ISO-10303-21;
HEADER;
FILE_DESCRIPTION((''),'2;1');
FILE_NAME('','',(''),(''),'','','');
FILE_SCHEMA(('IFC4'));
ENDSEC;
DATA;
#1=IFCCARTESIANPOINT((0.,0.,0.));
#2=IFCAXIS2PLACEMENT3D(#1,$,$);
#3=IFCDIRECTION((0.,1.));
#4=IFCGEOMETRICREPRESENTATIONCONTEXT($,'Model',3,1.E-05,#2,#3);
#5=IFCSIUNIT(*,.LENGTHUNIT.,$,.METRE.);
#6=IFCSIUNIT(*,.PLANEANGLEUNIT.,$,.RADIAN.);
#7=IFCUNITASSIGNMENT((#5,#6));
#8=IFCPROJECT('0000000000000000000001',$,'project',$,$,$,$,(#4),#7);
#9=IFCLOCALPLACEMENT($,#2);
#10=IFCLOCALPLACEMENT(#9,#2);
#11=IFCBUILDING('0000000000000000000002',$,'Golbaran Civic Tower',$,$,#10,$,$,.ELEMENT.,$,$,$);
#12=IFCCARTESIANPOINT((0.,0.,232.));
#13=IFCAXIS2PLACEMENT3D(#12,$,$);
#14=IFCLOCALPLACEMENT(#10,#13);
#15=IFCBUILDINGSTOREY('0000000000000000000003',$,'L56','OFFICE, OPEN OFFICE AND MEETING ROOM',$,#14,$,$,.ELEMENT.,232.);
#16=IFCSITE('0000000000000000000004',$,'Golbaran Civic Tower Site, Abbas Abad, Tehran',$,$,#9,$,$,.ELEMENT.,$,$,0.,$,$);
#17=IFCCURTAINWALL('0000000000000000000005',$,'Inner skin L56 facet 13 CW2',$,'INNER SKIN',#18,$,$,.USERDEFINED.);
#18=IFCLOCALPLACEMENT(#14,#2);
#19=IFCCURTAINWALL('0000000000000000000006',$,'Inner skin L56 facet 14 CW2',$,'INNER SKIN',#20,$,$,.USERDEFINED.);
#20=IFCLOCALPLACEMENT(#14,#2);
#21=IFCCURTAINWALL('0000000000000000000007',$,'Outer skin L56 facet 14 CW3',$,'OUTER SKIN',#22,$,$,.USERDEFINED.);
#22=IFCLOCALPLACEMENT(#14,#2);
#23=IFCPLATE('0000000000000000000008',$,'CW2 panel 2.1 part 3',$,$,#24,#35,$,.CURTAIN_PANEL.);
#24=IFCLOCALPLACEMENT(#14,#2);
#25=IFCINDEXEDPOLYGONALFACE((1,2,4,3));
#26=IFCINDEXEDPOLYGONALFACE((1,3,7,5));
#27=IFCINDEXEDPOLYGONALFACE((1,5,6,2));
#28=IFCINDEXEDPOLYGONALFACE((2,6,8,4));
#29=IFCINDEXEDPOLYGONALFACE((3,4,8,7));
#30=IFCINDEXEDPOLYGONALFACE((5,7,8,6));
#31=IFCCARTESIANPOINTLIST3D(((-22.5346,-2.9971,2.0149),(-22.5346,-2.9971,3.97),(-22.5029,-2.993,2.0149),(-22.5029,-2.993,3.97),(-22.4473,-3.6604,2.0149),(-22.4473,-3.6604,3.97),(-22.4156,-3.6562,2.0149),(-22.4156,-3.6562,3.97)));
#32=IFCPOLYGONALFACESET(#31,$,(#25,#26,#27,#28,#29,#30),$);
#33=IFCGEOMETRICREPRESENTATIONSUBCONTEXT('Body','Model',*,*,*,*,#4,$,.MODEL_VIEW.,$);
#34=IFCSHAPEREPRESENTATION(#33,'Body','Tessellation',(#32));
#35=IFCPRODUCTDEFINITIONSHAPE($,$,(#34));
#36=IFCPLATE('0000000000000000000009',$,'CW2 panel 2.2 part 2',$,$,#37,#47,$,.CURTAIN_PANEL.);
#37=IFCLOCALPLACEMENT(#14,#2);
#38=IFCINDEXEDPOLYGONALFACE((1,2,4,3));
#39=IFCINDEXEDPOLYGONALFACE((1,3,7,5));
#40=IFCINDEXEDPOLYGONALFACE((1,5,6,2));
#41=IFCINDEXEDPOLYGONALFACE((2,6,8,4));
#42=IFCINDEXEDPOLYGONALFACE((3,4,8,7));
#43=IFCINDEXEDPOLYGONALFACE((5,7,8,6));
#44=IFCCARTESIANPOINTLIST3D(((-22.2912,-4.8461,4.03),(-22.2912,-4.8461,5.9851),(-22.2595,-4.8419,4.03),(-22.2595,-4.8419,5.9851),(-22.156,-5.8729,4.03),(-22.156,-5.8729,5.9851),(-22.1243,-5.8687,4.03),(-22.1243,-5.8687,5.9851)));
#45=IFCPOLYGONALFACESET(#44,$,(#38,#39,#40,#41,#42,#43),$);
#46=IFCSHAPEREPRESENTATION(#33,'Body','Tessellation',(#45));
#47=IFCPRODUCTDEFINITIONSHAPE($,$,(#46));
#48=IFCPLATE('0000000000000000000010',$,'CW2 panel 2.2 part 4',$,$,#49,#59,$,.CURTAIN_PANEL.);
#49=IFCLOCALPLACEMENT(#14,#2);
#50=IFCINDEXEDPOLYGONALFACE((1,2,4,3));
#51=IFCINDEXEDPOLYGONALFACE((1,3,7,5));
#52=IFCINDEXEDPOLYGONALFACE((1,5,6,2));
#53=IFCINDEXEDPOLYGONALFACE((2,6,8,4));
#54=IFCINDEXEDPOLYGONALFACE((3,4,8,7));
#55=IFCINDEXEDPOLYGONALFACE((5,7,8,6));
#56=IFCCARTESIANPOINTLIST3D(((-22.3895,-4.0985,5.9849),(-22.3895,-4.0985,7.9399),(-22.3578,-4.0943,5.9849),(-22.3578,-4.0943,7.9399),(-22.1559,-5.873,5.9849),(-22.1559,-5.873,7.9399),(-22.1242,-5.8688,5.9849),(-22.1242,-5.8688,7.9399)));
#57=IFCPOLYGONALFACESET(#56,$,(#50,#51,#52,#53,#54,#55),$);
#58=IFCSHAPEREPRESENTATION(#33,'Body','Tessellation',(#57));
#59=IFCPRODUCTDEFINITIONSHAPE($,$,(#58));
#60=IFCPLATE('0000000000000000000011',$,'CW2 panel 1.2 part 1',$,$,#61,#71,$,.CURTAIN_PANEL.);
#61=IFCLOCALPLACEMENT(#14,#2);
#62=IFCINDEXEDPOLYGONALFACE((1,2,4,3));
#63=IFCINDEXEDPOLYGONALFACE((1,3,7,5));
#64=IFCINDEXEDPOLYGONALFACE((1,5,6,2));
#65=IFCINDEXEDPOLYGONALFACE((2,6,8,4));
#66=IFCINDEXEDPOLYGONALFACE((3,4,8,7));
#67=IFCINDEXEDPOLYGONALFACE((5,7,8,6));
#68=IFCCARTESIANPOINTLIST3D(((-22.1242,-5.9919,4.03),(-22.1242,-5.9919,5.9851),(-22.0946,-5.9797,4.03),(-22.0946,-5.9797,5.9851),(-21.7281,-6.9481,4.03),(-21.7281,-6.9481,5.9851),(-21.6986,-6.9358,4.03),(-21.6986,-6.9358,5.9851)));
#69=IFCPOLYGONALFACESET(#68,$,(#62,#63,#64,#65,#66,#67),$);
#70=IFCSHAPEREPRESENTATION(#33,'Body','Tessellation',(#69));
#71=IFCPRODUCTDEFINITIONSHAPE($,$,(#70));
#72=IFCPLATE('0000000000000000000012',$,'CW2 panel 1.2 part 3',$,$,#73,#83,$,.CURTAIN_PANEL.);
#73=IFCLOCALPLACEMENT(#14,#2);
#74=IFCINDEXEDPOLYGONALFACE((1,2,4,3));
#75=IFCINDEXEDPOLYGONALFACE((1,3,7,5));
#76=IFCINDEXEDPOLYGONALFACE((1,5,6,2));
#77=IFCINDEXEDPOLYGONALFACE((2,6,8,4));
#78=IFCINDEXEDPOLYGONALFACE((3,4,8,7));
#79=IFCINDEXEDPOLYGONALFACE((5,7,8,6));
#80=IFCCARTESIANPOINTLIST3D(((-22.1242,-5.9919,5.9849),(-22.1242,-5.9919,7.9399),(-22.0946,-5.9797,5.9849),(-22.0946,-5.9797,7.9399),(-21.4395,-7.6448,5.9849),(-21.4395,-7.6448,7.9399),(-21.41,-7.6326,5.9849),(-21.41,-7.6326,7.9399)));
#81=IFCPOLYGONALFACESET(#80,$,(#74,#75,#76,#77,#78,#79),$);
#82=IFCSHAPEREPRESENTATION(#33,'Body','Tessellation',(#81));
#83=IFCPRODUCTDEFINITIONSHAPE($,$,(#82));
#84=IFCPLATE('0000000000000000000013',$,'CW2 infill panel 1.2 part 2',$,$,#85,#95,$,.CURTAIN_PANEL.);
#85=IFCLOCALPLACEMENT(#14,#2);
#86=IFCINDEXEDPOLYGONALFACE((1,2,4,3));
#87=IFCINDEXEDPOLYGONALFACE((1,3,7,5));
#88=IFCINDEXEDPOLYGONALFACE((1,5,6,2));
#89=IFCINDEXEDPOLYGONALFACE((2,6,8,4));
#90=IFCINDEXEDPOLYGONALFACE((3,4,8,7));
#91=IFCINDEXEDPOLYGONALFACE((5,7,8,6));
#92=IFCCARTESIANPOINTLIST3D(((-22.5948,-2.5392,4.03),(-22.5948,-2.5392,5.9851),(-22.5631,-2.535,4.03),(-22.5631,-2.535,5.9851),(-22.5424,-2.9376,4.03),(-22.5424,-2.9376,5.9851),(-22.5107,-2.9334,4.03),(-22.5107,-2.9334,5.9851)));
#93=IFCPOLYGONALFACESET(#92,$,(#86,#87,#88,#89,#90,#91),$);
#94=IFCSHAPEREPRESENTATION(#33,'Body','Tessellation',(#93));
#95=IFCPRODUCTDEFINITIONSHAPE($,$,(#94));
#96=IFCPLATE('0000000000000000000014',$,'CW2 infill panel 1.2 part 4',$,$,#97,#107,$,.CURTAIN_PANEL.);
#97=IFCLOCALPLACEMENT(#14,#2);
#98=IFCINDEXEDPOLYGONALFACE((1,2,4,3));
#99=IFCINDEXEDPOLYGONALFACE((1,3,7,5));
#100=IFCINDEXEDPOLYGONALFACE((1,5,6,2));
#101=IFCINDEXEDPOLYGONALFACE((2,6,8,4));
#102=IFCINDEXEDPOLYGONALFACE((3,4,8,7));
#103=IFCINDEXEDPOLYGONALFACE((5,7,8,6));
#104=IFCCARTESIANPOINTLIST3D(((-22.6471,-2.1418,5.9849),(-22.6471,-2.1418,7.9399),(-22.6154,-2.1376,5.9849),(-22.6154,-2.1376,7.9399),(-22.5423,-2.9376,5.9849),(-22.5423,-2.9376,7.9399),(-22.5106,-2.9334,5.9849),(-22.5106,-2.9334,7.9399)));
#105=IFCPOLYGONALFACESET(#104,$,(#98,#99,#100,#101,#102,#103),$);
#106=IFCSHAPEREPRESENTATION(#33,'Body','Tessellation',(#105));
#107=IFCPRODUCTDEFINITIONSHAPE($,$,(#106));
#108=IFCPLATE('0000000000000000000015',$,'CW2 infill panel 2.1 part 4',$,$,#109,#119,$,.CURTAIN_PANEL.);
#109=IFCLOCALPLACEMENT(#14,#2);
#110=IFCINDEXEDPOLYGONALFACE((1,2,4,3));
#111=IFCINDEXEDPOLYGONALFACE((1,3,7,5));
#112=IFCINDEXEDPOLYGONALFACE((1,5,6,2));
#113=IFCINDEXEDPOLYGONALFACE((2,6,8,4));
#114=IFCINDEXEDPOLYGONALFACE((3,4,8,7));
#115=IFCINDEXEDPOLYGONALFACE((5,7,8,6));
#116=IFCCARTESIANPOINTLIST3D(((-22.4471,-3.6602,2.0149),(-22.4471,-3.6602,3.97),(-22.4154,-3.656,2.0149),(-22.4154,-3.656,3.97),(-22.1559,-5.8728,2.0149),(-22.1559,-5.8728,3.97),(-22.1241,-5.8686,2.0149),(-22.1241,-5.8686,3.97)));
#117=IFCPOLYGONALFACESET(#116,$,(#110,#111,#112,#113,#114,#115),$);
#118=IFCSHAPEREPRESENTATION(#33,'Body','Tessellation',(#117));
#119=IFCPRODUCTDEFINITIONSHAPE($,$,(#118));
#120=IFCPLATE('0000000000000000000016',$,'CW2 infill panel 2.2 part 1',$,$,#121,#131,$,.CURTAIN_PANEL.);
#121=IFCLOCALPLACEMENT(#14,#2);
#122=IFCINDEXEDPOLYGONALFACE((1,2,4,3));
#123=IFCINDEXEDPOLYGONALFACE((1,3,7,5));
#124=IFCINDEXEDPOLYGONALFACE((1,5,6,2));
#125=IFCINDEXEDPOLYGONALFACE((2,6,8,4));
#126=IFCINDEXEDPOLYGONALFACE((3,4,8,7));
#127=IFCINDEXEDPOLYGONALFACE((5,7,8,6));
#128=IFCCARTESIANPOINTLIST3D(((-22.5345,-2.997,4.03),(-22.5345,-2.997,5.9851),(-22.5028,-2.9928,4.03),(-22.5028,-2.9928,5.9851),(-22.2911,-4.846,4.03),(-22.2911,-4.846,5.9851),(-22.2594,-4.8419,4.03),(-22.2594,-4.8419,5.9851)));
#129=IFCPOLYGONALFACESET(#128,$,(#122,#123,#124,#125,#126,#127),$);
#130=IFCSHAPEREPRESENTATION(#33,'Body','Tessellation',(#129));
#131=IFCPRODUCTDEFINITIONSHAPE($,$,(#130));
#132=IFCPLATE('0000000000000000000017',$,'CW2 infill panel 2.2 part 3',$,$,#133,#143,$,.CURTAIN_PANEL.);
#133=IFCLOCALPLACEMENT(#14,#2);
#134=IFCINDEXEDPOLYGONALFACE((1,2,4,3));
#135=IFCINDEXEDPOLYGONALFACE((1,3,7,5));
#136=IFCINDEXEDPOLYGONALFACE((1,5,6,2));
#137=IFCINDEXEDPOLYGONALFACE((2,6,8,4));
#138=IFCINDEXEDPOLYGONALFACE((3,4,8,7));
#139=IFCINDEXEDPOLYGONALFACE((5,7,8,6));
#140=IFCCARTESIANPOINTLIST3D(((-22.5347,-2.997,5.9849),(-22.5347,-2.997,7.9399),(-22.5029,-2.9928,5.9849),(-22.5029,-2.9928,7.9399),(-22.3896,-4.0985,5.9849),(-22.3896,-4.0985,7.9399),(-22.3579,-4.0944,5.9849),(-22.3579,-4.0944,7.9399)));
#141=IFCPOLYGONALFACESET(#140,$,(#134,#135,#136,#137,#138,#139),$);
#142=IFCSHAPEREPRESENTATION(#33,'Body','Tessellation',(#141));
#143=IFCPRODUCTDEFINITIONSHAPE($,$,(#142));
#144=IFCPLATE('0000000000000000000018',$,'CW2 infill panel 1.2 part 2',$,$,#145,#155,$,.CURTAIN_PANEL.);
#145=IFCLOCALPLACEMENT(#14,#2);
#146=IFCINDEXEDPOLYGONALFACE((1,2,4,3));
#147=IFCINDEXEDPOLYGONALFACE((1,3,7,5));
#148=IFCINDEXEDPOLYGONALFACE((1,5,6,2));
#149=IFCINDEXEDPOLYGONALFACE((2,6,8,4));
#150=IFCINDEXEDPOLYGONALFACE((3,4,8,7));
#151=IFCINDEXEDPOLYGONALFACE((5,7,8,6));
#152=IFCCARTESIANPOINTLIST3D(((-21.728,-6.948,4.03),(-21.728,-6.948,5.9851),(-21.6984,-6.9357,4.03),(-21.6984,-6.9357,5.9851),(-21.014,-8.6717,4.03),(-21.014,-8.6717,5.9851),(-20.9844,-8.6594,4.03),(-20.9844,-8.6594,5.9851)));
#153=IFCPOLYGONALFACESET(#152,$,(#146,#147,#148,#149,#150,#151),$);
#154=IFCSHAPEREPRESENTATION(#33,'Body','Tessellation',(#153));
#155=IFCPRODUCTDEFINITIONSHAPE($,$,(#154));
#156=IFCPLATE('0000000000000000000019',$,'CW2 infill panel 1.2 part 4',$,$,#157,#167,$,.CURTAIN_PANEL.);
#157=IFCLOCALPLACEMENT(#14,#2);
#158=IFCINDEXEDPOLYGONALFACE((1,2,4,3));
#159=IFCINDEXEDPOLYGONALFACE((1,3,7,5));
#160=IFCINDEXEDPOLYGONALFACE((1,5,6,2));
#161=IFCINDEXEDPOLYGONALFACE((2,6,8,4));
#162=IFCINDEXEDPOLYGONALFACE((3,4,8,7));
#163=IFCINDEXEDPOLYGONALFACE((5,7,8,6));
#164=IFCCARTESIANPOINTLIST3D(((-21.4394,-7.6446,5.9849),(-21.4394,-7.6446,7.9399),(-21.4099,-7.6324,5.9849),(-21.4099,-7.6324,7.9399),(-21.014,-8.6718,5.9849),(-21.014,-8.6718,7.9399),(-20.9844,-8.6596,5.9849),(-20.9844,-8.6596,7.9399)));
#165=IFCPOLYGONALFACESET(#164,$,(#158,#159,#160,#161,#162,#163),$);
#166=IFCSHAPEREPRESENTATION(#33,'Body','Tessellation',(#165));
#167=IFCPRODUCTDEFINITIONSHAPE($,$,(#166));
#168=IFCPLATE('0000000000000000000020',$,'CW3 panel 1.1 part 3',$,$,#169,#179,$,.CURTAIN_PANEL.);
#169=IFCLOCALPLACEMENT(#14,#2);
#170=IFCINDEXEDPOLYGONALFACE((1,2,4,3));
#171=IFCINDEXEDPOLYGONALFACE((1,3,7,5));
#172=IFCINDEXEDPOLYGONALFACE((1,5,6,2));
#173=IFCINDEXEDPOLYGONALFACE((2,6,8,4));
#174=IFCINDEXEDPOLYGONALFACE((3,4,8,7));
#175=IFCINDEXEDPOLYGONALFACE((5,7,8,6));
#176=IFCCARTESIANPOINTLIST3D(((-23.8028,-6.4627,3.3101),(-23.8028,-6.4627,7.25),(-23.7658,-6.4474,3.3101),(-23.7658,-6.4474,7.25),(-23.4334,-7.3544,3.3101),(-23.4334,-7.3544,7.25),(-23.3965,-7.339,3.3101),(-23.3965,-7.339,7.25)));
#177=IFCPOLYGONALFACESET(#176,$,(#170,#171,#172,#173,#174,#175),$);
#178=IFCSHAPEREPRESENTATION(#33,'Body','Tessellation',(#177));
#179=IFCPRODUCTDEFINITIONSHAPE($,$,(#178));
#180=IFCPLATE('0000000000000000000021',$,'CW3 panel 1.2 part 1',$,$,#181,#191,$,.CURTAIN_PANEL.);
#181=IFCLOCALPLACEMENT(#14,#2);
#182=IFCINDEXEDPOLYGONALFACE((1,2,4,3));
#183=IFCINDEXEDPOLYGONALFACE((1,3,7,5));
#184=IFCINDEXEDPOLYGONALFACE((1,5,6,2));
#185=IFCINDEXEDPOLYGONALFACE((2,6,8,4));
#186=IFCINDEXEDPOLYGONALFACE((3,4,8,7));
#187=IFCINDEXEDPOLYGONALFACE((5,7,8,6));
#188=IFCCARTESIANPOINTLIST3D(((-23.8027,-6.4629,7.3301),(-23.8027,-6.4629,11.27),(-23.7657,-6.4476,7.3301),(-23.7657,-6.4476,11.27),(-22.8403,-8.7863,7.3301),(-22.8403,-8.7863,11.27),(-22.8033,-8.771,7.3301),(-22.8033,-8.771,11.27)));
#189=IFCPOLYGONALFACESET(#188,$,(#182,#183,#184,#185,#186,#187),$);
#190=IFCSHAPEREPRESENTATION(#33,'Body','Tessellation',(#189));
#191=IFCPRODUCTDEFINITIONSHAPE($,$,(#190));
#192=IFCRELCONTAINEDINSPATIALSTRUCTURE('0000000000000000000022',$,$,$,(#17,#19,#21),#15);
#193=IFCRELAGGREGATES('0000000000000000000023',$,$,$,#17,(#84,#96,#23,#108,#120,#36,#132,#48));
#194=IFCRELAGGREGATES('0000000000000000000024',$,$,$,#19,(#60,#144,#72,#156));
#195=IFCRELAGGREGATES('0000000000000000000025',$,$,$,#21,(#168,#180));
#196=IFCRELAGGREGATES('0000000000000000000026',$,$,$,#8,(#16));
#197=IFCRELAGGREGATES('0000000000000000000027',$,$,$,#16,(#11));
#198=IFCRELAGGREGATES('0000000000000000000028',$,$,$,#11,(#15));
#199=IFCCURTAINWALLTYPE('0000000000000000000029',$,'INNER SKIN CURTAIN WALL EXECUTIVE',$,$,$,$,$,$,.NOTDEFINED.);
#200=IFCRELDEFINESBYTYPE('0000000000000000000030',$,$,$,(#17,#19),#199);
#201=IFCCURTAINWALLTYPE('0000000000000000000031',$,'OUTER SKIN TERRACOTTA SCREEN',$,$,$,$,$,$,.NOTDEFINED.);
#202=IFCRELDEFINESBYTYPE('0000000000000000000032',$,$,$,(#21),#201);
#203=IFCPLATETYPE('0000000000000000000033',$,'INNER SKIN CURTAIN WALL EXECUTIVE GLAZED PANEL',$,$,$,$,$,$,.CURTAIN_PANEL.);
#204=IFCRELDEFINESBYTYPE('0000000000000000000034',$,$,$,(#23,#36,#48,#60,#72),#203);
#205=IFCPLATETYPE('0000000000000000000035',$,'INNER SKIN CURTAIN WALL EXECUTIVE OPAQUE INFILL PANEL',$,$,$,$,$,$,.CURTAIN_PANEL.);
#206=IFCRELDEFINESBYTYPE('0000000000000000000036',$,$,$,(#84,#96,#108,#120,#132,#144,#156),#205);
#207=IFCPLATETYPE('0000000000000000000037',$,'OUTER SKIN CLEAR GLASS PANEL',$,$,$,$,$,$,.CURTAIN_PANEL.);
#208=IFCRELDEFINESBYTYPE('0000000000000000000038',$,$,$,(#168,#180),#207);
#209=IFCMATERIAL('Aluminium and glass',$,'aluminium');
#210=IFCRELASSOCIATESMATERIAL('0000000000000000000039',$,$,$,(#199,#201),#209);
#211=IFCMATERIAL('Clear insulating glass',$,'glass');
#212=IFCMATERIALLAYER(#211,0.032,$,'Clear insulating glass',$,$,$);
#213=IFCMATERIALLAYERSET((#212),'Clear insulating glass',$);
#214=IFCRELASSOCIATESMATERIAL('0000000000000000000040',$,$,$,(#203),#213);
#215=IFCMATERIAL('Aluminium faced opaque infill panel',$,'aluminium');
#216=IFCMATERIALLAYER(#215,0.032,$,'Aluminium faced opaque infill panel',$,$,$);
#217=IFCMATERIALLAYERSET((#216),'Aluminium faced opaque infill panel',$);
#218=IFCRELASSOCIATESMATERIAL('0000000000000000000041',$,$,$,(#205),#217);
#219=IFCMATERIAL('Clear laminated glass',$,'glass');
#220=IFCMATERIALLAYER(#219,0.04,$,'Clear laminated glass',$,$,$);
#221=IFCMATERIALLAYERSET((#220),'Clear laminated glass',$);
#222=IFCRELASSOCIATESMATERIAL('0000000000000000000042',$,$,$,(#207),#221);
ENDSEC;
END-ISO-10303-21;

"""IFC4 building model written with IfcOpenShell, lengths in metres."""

from ifc_helpers import new_model, si_unit, direction, frame, origin, origin_2d, place, context, subcontext, project, spatial, rectangle, extrude, material, layer, layer_set, type_object, element, aggregate, save


model = new_model("IFC4")

# Units and contexts
model_context = context("Model", 3, precision=1e-05, world=origin(), true_north=direction((0.0, 1.0)))
body_context = subcontext(model_context, "Body", "Model", "MODEL_VIEW")
ifc_project = project(units=[si_unit("LENGTHUNIT", "METRE"), si_unit("PLANEANGLEUNIT", "RADIAN")], contexts=[model_context])

# Site, building, storey
site_placement = place(None, origin())
site = spatial("IfcSite", under=ifc_project, at=site_placement, Name="Golbaran Civic Tower Site, Abbas Abad, Tehran", CompositionType="ELEMENT", RefElevation=0.0)
building_placement = place(site_placement, origin())
building = spatial("IfcBuilding", under=site, at=building_placement, Name="Golbaran Civic Tower", CompositionType="ELEMENT")
storey_placement = place(building_placement, frame((0.0, 0.0, 232.0)))
storey = spatial("IfcBuildingStorey", under=building, at=storey_placement, Name="L56", Description="OFFICE, OPEN OFFICE AND MEETING ROOM", CompositionType="ELEMENT", Elevation=232.0)

# Curtain walls
ifc_material_1 = material(Name="Aluminium and glass", Category="aluminium")
curtain_wall_type_1 = type_object("IfcCurtainWallType", Name="INNER SKIN CURTAIN WALL EXECUTIVE", PredefinedType="NOTDEFINED", material=ifc_material_1)
curtain_wall_1_placement = place(storey_placement, origin())
curtain_wall_1 = element("IfcCurtainWall", 1, at=curtain_wall_1_placement, inside=storey, type_object=curtain_wall_type_1, Name="Inner skin L56 facet 13 CW2", ObjectType="INNER SKIN", PredefinedType="USERDEFINED")
curtain_wall_2_placement = place(storey_placement, origin())
curtain_wall_2 = element("IfcCurtainWall", 2, at=curtain_wall_2_placement, inside=storey, type_object=curtain_wall_type_1, Name="Inner skin L56 facet 14 CW2", ObjectType="INNER SKIN", PredefinedType="USERDEFINED")
curtain_wall_type_2 = type_object("IfcCurtainWallType", Name="OUTER SKIN TERRACOTTA SCREEN", PredefinedType="NOTDEFINED", material=ifc_material_1)
curtain_wall_3_placement = place(storey_placement, origin())
curtain_wall_3 = element("IfcCurtainWall", 3, at=curtain_wall_3_placement, inside=storey, type_object=curtain_wall_type_2, Name="Outer skin L56 facet 14 CW3", ObjectType="OUTER SKIN", PredefinedType="USERDEFINED")

# Plates
ifc_material_2 = material(Name="Clear insulating glass", Category="glass")
ifc_layer_1 = layer(ifc_material_2, 0.032, Name="Clear insulating glass")
ifc_layer_set_1 = layer_set([ifc_layer_1], Name="Clear insulating glass")
plate_type_1 = type_object("IfcPlateType", Name="INNER SKIN CURTAIN WALL EXECUTIVE GLAZED PANEL", PredefinedType="CURTAIN_PANEL", material=ifc_layer_set_1)
plate_1_placement = place(storey_placement, frame((-22.4751, -3.3267, 2.0149), z_axis=(0.0, 0.0, 1.0), x_axis=(0.130526, -0.991445, 0.0)))
plate_1 = element("IfcPlate", 4, at=plate_1_placement, type_object=plate_type_1, Name="CW2 panel 2.1 part 3", PredefinedType="CURTAIN_PANEL", context=body_context, shape_type="SweptSolid", body=[
    extrude(rectangle(XDim=0.6689, YDim=0.032, at=origin_2d()), origin(), (0.0, 0.0, 1.0), 1.9551),
])
plate_2_placement = place(storey_placement, frame((-22.2078, -5.3574, 4.03), z_axis=(0.0, 0.0, 1.0), x_axis=(0.130526, -0.991445, 0.0)))
plate_2 = element("IfcPlate", 5, at=plate_2_placement, type_object=plate_type_1, Name="CW2 panel 2.2 part 2", PredefinedType="CURTAIN_PANEL", context=body_context, shape_type="SweptSolid", body=[
    extrude(rectangle(XDim=1.0356, YDim=0.032, at=origin_2d()), origin(), (0.0, 0.0, 1.0), 1.9551),
])
plate_3_placement = place(storey_placement, frame((-22.2568, -4.9836, 5.9849), z_axis=(0.0, 0.0, 1.0), x_axis=(0.130526, -0.991445, 0.0)))
plate_3 = element("IfcPlate", 6, at=plate_3_placement, type_object=plate_type_1, Name="CW2 panel 2.2 part 4", PredefinedType="CURTAIN_PANEL", context=body_context, shape_type="SweptSolid", body=[
    extrude(rectangle(XDim=1.7898, YDim=0.032, at=origin_2d()), origin(), (0.0, 0.0, 1.0), 1.9551),
])
plate_4_placement = place(storey_placement, frame((-21.9114, -6.4639, 4.03), z_axis=(0.0, 0.0, 1.0), x_axis=(0.382683, -0.92388, 0.0)))
plate_4 = element("IfcPlate", 7, at=plate_4_placement, type_object=plate_type_1, Name="CW2 panel 1.2 part 1", PredefinedType="CURTAIN_PANEL", context=body_context, shape_type="SweptSolid", body=[
    extrude(rectangle(XDim=1.0349, YDim=0.032, at=origin_2d()), origin(), (0.0, 0.0, 1.0), 1.9551),
])
plate_5_placement = place(storey_placement, frame((-21.7671, -6.8123, 5.9849), z_axis=(0.0, 0.0, 1.0), x_axis=(0.382683, -0.92388, 0.0)))
plate_5 = element("IfcPlate", 8, at=plate_5_placement, type_object=plate_type_1, Name="CW2 panel 1.2 part 3", PredefinedType="CURTAIN_PANEL", context=body_context, shape_type="SweptSolid", body=[
    extrude(rectangle(XDim=1.7891, YDim=0.032, at=origin_2d()), origin(), (0.0, 0.0, 1.0), 1.9551),
])
ifc_material_3 = material(Name="Aluminium faced opaque infill panel", Category="aluminium")
ifc_layer_2 = layer(ifc_material_3, 0.032, Name="Aluminium faced opaque infill panel")
ifc_layer_set_2 = layer_set([ifc_layer_2], Name="Aluminium faced opaque infill panel")
plate_type_2 = type_object("IfcPlateType", Name="INNER SKIN CURTAIN WALL EXECUTIVE OPAQUE INFILL PANEL", PredefinedType="CURTAIN_PANEL", material=ifc_layer_set_2)
plate_6_placement = place(storey_placement, frame((-22.5527, -2.7363, 4.03), z_axis=(0.0, 0.0, 1.0), x_axis=(0.130526, -0.991445, 0.0)))
plate_6 = element("IfcPlate", 9, at=plate_6_placement, type_object=plate_type_2, Name="CW2 infill panel 1.2 part 2", PredefinedType="CURTAIN_PANEL", context=body_context, shape_type="SweptSolid", body=[
    extrude(rectangle(XDim=0.4019, YDim=0.032, at=origin_2d()), origin(), (0.0, 0.0, 1.0), 1.9551),
])
plate_7_placement = place(storey_placement, frame((-22.5789, -2.5376, 5.9849), z_axis=(0.0, 0.0, 1.0), x_axis=(0.130526, -0.991445, 0.0)))
plate_7 = element("IfcPlate", 10, at=plate_7_placement, type_object=plate_type_2, Name="CW2 infill panel 1.2 part 4", PredefinedType="CURTAIN_PANEL", context=body_context, shape_type="SweptSolid", body=[
    extrude(rectangle(XDim=0.8027, YDim=0.032, at=origin_2d()), origin(), (0.0, 0.0, 1.0), 1.9551),
])
plate_8_placement = place(storey_placement, frame((-22.2856, -4.7644, 2.0149), z_axis=(0.0, 0.0, 1.0), x_axis=(0.130526, -0.991445, 0.0)))
plate_8 = element("IfcPlate", 11, at=plate_8_placement, type_object=plate_type_2, Name="CW2 infill panel 2.1 part 4", PredefinedType="CURTAIN_PANEL", context=body_context, shape_type="SweptSolid", body=[
    extrude(rectangle(XDim=2.2317, YDim=0.032, at=origin_2d()), origin(), (0.0, 0.0, 1.0), 1.9551),
])
plate_9_placement = place(storey_placement, frame((-22.397, -3.9194, 4.03), z_axis=(0.0, 0.0, 1.0), x_axis=(0.130526, -0.991445, 0.0)))
plate_9 = element("IfcPlate", 12, at=plate_9_placement, type_object=plate_type_2, Name="CW2 infill panel 2.2 part 1", PredefinedType="CURTAIN_PANEL", context=body_context, shape_type="SweptSolid", body=[
    extrude(rectangle(XDim=1.865, YDim=0.032, at=origin_2d()), origin(), (0.0, 0.0, 1.0), 1.9551),
])
plate_10_placement = place(storey_placement, frame((-22.4463, -3.5457, 5.9849), z_axis=(0.0, 0.0, 1.0), x_axis=(0.130526, -0.991445, 0.0)))
plate_10 = element("IfcPlate", 13, at=plate_10_placement, type_object=plate_type_2, Name="CW2 infill panel 2.2 part 3", PredefinedType="CURTAIN_PANEL", context=body_context, shape_type="SweptSolid", body=[
    extrude(rectangle(XDim=1.1111, YDim=0.032, at=origin_2d()), origin(), (0.0, 0.0, 1.0), 1.9551),
])
aggregate(curtain_wall_1, [plate_6, plate_7, plate_1, plate_8, plate_9, plate_2, plate_10, plate_3])
plate_11_placement = place(storey_placement, frame((-21.3562, -7.8037, 4.03), z_axis=(0.0, 0.0, 1.0), x_axis=(0.382683, -0.92388, 0.0)))
plate_11 = element("IfcPlate", 14, at=plate_11_placement, type_object=plate_type_2, Name="CW2 infill panel 1.2 part 2", PredefinedType="CURTAIN_PANEL", context=body_context, shape_type="SweptSolid", body=[
    extrude(rectangle(XDim=1.8657, YDim=0.032, at=origin_2d()), origin(), (0.0, 0.0, 1.0), 1.9551),
])
plate_12_placement = place(storey_placement, frame((-21.2119, -8.1521, 5.9849), z_axis=(0.0, 0.0, 1.0), x_axis=(0.382683, -0.92388, 0.0)))
plate_12 = element("IfcPlate", 15, at=plate_12_placement, type_object=plate_type_2, Name="CW2 infill panel 1.2 part 4", PredefinedType="CURTAIN_PANEL", context=body_context, shape_type="SweptSolid", body=[
    extrude(rectangle(XDim=1.1118, YDim=0.032, at=origin_2d()), origin(), (0.0, 0.0, 1.0), 1.9551),
])
aggregate(curtain_wall_2, [plate_4, plate_11, plate_5, plate_12])
ifc_material_4 = material(Name="Clear laminated glass", Category="glass")
ifc_layer_3 = layer(ifc_material_4, 0.04, Name="Clear laminated glass")
ifc_layer_set_3 = layer_set([ifc_layer_3], Name="Clear laminated glass")
plate_type_3 = type_object("IfcPlateType", Name="OUTER SKIN CLEAR GLASS PANEL", PredefinedType="CURTAIN_PANEL", material=ifc_layer_set_3)
plate_13_placement = place(storey_placement, frame((-23.5996, -6.9009, 3.3101), z_axis=(0.0, 0.0, 1.0), x_axis=(0.382683, -0.92388, 0.0)))
plate_13 = element("IfcPlate", 16, at=plate_13_placement, type_object=plate_type_3, Name="CW3 panel 1.1 part 3", PredefinedType="CURTAIN_PANEL", context=body_context, shape_type="SweptSolid", body=[
    extrude(rectangle(XDim=0.9651, YDim=0.04, at=origin_2d()), origin(), (0.0, 0.0, 1.0), 3.9399),
])
plate_14_placement = place(storey_placement, frame((-23.303, -7.6169, 7.3301), z_axis=(0.0, 0.0, 1.0), x_axis=(0.382683, -0.92388, 0.0)))
plate_14 = element("IfcPlate", 17, at=plate_14_placement, type_object=plate_type_3, Name="CW3 panel 1.2 part 1", PredefinedType="CURTAIN_PANEL", context=body_context, shape_type="SweptSolid", body=[
    extrude(rectangle(XDim=2.5149, YDim=0.04, at=origin_2d()), origin(), (0.0, 0.0, 1.0), 3.9399),
])
aggregate(curtain_wall_3, [plate_13, plate_14])

save(model, "model.ifc")
